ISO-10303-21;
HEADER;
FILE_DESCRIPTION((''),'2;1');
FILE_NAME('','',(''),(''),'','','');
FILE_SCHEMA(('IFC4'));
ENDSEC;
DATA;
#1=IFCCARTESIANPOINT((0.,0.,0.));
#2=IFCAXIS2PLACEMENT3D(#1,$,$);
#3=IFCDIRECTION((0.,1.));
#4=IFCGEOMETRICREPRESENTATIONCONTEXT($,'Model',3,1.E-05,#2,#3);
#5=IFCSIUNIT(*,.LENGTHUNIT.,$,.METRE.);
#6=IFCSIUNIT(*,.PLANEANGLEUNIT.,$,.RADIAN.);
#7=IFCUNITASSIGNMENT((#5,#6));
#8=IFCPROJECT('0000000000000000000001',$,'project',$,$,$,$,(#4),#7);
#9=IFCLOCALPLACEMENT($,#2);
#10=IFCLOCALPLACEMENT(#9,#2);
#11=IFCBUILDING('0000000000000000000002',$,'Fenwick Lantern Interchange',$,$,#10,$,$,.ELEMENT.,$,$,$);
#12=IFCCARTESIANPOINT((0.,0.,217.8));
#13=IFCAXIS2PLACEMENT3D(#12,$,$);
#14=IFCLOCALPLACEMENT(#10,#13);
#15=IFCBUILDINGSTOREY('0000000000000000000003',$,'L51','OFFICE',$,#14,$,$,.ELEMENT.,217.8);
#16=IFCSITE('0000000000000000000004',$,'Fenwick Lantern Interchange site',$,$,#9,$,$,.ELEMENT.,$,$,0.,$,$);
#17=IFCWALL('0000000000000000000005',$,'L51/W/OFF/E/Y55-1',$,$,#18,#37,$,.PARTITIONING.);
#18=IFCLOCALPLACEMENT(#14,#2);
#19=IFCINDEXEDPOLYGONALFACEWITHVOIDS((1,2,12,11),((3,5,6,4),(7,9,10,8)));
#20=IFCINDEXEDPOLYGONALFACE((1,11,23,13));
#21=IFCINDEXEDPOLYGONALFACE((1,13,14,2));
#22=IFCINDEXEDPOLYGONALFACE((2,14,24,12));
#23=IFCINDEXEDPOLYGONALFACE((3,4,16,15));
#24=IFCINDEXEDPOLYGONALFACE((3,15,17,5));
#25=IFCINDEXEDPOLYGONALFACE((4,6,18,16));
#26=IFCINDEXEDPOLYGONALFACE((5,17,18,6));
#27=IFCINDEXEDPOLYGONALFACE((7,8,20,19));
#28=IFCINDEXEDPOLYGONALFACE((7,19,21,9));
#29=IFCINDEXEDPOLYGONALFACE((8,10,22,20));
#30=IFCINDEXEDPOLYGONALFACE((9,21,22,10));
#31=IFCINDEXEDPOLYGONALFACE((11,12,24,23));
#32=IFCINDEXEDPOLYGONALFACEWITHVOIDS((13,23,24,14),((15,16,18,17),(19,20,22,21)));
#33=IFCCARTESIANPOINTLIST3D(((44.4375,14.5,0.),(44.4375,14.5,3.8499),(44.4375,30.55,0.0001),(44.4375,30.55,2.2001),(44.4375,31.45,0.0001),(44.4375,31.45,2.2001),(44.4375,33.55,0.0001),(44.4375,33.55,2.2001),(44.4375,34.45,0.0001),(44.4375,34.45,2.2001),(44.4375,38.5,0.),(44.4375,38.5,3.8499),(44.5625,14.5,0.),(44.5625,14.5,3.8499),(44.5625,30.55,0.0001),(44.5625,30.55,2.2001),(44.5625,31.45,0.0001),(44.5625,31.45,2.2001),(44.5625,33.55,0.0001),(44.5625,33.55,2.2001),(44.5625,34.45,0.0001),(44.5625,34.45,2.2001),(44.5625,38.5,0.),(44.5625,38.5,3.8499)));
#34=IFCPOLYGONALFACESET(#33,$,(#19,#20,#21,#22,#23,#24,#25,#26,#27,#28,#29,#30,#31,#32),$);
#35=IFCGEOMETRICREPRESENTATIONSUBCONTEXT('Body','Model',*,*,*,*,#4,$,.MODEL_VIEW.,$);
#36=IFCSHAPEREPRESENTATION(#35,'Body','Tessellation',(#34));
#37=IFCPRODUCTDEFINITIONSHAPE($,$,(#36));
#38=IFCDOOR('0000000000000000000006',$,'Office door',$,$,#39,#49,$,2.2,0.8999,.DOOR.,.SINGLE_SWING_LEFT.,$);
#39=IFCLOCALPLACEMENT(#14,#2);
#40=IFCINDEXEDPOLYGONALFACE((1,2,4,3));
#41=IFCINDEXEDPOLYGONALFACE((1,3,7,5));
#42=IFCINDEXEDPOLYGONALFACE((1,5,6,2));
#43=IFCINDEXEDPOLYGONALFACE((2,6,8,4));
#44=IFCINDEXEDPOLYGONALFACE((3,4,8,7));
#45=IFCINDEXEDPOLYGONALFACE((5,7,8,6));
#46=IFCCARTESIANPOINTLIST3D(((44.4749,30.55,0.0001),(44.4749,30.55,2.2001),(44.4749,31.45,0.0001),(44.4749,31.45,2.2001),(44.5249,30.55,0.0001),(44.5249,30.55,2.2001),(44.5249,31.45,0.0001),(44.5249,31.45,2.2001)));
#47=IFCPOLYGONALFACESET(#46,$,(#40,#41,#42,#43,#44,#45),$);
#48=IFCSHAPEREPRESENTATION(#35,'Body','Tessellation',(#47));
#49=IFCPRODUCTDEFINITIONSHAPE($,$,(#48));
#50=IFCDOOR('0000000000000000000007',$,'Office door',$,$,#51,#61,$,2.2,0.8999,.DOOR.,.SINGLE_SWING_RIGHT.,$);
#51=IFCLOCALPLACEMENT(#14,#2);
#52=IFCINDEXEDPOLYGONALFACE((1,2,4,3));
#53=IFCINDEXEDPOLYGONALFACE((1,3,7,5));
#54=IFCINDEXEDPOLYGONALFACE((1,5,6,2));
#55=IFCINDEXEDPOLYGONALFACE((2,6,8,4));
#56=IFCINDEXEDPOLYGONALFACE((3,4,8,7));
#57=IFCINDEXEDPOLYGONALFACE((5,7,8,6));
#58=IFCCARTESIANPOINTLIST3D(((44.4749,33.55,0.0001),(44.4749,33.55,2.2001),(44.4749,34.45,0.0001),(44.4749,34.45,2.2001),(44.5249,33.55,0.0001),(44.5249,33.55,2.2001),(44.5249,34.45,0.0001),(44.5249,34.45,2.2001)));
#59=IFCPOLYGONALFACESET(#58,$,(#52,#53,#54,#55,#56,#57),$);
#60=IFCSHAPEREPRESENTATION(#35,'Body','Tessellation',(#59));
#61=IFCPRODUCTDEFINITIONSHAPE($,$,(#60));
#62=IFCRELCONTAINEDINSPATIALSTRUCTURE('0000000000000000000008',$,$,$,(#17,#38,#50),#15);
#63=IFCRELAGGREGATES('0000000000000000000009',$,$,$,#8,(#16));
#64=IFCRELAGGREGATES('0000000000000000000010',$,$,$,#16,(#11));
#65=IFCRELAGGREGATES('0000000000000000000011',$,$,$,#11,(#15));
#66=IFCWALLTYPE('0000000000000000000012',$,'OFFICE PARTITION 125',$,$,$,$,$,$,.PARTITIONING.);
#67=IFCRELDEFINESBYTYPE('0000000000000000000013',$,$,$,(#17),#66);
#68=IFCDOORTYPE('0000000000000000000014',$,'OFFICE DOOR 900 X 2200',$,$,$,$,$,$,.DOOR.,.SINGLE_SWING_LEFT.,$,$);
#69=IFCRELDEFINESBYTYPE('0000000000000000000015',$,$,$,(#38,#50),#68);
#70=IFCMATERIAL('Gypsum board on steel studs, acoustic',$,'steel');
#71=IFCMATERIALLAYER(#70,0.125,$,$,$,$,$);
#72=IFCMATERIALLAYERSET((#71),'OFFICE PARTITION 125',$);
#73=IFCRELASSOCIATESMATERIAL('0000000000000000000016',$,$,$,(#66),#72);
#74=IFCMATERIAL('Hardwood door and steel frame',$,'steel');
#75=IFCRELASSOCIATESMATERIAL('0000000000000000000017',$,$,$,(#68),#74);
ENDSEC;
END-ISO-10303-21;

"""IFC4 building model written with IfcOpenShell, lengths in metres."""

from ifc_helpers import new_model, si_unit, direction, frame, frame_2d, origin, place, context, subcontext, project, spatial, rectangle, extrude, material, layer, layer_set, type_object, element, fill, save


model = new_model("IFC4")

# Units and contexts
model_context = context("Model", 3, precision=1e-05, world=origin(), true_north=direction((0.0, 1.0)))
body_context = subcontext(model_context, "Body", "Model", "MODEL_VIEW")
ifc_project = project(units=[si_unit("LENGTHUNIT", "METRE"), si_unit("PLANEANGLEUNIT", "RADIAN")], contexts=[model_context])

# Site, building, storey
site_placement = place(None, origin())
site = spatial("IfcSite", under=ifc_project, at=site_placement, Name="Fenwick Lantern Interchange site", CompositionType="ELEMENT", RefElevation=0.0)
building_placement = place(site_placement, origin())
building = spatial("IfcBuilding", under=site, at=building_placement, Name="Fenwick Lantern Interchange", CompositionType="ELEMENT")
storey_placement = place(building_placement, frame((0.0, 0.0, 217.8)))
storey = spatial("IfcBuildingStorey", under=building, at=storey_placement, Name="L51", Description="OFFICE", CompositionType="ELEMENT", Elevation=217.8)

# Shared definitions
ifc_material_1 = material(Name="Gypsum board on steel studs, acoustic", Category="steel")
ifc_layer_1 = layer(ifc_material_1, 0.125)
ifc_layer_set_1 = layer_set([ifc_layer_1], Name="OFFICE PARTITION 125")
wall_type = type_object("IfcWallType", Name="OFFICE PARTITION 125", PredefinedType="PARTITIONING", material=ifc_layer_set_1)
ifc_material_2 = material(Name="Hardwood door and steel frame", Category="steel")

# Wall, openings, doors
wall_1_placement = place(storey_placement, frame((44.5, 14.5, 0.0), z_axis=(0.0, 0.0, 1.0), x_axis=(0.0, 1.0, 0.0)))
wall_1 = element("IfcWall", 1, at=wall_1_placement, inside=storey, type_object=wall_type, Name="L51/W/OFF/E/Y55-1", PredefinedType="PARTITIONING", context=body_context, shape_type="SweptSolid", body=[
    extrude(rectangle(XDim=24.0, YDim=0.125, at=frame_2d((12.0, 0.0))), origin(), (0.0, 0.0, 1.0), 3.8499),
])
opening_1_placement = place(wall_1_placement, frame((16.05, 0.0, 0.0)))
opening_1 = element("IfcOpeningElement", 2, at=opening_1_placement, cuts=wall_1, PredefinedType="OPENING", context=body_context, shape_type="SweptSolid", body=[
    extrude(rectangle(XDim=0.8999, YDim=2.2, at=frame_2d((0.45, 1.1001))), frame((0.0, 0.0725, 0.0), z_axis=(0.0, -1.0, 0.0), x_axis=(1.0, 0.0, 0.0)), (0.0, 0.0, 1.0), 0.145),
])
opening_2_placement = place(wall_1_placement, frame((19.05, 0.0, 0.0)))
opening_2 = element("IfcOpeningElement", 3, at=opening_2_placement, cuts=wall_1, PredefinedType="OPENING", context=body_context, shape_type="SweptSolid", body=[
    extrude(rectangle(XDim=0.8999, YDim=2.2, at=frame_2d((0.45, 1.1001))), frame((0.0, 0.0725, 0.0), z_axis=(0.0, -1.0, 0.0), x_axis=(1.0, 0.0, 0.0)), (0.0, 0.0, 1.0), 0.145),
])
door_type_1 = type_object("IfcDoorType", Name="OFFICE DOOR 900 X 2200", OperationType="SINGLE_SWING_LEFT", PredefinedType="DOOR", material=ifc_material_2)
door_1_placement = place(opening_1_placement, frame((0.8999, 0.0, 0.0), z_axis=(0.0, 0.0, 1.0), x_axis=(-1.0, 0.0, 0.0)))
door_1 = element("IfcDoor", 4, at=door_1_placement, inside=storey, type_object=door_type_1, Name="Office door", OperationType="SINGLE_SWING_LEFT", OverallHeight=2.2, OverallWidth=0.8999, PredefinedType="DOOR", context=body_context, shape_type="SweptSolid", body=[
    extrude(rectangle(XDim=0.8999, YDim=2.2, at=frame_2d((0.45, 1.1001))), frame((0.0, 0.0249, 0.0), z_axis=(0.0, -1.0, 0.0), x_axis=(1.0, 0.0, 0.0)), (0.0, 0.0, 1.0), 0.05),
])
fill(opening_1, door_1)
door_2_placement = place(opening_2_placement, frame((0.8999, 0.0, 0.0), z_axis=(0.0, 0.0, 1.0), x_axis=(-1.0, 0.0, 0.0)))
door_2 = element("IfcDoor", 5, at=door_2_placement, inside=storey, type_object=door_type_1, Name="Office door", OperationType="SINGLE_SWING_RIGHT", OverallHeight=2.2, OverallWidth=0.8999, PredefinedType="DOOR", context=body_context, shape_type="SweptSolid", body=[
    extrude(rectangle(XDim=0.8999, YDim=2.2, at=frame_2d((0.45, 1.1001))), frame((0.0, 0.0249, 0.0), z_axis=(0.0, -1.0, 0.0), x_axis=(1.0, 0.0, 0.0)), (0.0, 0.0, 1.0), 0.05),
])
fill(opening_2, door_2)

save(model, "model.ifc")
